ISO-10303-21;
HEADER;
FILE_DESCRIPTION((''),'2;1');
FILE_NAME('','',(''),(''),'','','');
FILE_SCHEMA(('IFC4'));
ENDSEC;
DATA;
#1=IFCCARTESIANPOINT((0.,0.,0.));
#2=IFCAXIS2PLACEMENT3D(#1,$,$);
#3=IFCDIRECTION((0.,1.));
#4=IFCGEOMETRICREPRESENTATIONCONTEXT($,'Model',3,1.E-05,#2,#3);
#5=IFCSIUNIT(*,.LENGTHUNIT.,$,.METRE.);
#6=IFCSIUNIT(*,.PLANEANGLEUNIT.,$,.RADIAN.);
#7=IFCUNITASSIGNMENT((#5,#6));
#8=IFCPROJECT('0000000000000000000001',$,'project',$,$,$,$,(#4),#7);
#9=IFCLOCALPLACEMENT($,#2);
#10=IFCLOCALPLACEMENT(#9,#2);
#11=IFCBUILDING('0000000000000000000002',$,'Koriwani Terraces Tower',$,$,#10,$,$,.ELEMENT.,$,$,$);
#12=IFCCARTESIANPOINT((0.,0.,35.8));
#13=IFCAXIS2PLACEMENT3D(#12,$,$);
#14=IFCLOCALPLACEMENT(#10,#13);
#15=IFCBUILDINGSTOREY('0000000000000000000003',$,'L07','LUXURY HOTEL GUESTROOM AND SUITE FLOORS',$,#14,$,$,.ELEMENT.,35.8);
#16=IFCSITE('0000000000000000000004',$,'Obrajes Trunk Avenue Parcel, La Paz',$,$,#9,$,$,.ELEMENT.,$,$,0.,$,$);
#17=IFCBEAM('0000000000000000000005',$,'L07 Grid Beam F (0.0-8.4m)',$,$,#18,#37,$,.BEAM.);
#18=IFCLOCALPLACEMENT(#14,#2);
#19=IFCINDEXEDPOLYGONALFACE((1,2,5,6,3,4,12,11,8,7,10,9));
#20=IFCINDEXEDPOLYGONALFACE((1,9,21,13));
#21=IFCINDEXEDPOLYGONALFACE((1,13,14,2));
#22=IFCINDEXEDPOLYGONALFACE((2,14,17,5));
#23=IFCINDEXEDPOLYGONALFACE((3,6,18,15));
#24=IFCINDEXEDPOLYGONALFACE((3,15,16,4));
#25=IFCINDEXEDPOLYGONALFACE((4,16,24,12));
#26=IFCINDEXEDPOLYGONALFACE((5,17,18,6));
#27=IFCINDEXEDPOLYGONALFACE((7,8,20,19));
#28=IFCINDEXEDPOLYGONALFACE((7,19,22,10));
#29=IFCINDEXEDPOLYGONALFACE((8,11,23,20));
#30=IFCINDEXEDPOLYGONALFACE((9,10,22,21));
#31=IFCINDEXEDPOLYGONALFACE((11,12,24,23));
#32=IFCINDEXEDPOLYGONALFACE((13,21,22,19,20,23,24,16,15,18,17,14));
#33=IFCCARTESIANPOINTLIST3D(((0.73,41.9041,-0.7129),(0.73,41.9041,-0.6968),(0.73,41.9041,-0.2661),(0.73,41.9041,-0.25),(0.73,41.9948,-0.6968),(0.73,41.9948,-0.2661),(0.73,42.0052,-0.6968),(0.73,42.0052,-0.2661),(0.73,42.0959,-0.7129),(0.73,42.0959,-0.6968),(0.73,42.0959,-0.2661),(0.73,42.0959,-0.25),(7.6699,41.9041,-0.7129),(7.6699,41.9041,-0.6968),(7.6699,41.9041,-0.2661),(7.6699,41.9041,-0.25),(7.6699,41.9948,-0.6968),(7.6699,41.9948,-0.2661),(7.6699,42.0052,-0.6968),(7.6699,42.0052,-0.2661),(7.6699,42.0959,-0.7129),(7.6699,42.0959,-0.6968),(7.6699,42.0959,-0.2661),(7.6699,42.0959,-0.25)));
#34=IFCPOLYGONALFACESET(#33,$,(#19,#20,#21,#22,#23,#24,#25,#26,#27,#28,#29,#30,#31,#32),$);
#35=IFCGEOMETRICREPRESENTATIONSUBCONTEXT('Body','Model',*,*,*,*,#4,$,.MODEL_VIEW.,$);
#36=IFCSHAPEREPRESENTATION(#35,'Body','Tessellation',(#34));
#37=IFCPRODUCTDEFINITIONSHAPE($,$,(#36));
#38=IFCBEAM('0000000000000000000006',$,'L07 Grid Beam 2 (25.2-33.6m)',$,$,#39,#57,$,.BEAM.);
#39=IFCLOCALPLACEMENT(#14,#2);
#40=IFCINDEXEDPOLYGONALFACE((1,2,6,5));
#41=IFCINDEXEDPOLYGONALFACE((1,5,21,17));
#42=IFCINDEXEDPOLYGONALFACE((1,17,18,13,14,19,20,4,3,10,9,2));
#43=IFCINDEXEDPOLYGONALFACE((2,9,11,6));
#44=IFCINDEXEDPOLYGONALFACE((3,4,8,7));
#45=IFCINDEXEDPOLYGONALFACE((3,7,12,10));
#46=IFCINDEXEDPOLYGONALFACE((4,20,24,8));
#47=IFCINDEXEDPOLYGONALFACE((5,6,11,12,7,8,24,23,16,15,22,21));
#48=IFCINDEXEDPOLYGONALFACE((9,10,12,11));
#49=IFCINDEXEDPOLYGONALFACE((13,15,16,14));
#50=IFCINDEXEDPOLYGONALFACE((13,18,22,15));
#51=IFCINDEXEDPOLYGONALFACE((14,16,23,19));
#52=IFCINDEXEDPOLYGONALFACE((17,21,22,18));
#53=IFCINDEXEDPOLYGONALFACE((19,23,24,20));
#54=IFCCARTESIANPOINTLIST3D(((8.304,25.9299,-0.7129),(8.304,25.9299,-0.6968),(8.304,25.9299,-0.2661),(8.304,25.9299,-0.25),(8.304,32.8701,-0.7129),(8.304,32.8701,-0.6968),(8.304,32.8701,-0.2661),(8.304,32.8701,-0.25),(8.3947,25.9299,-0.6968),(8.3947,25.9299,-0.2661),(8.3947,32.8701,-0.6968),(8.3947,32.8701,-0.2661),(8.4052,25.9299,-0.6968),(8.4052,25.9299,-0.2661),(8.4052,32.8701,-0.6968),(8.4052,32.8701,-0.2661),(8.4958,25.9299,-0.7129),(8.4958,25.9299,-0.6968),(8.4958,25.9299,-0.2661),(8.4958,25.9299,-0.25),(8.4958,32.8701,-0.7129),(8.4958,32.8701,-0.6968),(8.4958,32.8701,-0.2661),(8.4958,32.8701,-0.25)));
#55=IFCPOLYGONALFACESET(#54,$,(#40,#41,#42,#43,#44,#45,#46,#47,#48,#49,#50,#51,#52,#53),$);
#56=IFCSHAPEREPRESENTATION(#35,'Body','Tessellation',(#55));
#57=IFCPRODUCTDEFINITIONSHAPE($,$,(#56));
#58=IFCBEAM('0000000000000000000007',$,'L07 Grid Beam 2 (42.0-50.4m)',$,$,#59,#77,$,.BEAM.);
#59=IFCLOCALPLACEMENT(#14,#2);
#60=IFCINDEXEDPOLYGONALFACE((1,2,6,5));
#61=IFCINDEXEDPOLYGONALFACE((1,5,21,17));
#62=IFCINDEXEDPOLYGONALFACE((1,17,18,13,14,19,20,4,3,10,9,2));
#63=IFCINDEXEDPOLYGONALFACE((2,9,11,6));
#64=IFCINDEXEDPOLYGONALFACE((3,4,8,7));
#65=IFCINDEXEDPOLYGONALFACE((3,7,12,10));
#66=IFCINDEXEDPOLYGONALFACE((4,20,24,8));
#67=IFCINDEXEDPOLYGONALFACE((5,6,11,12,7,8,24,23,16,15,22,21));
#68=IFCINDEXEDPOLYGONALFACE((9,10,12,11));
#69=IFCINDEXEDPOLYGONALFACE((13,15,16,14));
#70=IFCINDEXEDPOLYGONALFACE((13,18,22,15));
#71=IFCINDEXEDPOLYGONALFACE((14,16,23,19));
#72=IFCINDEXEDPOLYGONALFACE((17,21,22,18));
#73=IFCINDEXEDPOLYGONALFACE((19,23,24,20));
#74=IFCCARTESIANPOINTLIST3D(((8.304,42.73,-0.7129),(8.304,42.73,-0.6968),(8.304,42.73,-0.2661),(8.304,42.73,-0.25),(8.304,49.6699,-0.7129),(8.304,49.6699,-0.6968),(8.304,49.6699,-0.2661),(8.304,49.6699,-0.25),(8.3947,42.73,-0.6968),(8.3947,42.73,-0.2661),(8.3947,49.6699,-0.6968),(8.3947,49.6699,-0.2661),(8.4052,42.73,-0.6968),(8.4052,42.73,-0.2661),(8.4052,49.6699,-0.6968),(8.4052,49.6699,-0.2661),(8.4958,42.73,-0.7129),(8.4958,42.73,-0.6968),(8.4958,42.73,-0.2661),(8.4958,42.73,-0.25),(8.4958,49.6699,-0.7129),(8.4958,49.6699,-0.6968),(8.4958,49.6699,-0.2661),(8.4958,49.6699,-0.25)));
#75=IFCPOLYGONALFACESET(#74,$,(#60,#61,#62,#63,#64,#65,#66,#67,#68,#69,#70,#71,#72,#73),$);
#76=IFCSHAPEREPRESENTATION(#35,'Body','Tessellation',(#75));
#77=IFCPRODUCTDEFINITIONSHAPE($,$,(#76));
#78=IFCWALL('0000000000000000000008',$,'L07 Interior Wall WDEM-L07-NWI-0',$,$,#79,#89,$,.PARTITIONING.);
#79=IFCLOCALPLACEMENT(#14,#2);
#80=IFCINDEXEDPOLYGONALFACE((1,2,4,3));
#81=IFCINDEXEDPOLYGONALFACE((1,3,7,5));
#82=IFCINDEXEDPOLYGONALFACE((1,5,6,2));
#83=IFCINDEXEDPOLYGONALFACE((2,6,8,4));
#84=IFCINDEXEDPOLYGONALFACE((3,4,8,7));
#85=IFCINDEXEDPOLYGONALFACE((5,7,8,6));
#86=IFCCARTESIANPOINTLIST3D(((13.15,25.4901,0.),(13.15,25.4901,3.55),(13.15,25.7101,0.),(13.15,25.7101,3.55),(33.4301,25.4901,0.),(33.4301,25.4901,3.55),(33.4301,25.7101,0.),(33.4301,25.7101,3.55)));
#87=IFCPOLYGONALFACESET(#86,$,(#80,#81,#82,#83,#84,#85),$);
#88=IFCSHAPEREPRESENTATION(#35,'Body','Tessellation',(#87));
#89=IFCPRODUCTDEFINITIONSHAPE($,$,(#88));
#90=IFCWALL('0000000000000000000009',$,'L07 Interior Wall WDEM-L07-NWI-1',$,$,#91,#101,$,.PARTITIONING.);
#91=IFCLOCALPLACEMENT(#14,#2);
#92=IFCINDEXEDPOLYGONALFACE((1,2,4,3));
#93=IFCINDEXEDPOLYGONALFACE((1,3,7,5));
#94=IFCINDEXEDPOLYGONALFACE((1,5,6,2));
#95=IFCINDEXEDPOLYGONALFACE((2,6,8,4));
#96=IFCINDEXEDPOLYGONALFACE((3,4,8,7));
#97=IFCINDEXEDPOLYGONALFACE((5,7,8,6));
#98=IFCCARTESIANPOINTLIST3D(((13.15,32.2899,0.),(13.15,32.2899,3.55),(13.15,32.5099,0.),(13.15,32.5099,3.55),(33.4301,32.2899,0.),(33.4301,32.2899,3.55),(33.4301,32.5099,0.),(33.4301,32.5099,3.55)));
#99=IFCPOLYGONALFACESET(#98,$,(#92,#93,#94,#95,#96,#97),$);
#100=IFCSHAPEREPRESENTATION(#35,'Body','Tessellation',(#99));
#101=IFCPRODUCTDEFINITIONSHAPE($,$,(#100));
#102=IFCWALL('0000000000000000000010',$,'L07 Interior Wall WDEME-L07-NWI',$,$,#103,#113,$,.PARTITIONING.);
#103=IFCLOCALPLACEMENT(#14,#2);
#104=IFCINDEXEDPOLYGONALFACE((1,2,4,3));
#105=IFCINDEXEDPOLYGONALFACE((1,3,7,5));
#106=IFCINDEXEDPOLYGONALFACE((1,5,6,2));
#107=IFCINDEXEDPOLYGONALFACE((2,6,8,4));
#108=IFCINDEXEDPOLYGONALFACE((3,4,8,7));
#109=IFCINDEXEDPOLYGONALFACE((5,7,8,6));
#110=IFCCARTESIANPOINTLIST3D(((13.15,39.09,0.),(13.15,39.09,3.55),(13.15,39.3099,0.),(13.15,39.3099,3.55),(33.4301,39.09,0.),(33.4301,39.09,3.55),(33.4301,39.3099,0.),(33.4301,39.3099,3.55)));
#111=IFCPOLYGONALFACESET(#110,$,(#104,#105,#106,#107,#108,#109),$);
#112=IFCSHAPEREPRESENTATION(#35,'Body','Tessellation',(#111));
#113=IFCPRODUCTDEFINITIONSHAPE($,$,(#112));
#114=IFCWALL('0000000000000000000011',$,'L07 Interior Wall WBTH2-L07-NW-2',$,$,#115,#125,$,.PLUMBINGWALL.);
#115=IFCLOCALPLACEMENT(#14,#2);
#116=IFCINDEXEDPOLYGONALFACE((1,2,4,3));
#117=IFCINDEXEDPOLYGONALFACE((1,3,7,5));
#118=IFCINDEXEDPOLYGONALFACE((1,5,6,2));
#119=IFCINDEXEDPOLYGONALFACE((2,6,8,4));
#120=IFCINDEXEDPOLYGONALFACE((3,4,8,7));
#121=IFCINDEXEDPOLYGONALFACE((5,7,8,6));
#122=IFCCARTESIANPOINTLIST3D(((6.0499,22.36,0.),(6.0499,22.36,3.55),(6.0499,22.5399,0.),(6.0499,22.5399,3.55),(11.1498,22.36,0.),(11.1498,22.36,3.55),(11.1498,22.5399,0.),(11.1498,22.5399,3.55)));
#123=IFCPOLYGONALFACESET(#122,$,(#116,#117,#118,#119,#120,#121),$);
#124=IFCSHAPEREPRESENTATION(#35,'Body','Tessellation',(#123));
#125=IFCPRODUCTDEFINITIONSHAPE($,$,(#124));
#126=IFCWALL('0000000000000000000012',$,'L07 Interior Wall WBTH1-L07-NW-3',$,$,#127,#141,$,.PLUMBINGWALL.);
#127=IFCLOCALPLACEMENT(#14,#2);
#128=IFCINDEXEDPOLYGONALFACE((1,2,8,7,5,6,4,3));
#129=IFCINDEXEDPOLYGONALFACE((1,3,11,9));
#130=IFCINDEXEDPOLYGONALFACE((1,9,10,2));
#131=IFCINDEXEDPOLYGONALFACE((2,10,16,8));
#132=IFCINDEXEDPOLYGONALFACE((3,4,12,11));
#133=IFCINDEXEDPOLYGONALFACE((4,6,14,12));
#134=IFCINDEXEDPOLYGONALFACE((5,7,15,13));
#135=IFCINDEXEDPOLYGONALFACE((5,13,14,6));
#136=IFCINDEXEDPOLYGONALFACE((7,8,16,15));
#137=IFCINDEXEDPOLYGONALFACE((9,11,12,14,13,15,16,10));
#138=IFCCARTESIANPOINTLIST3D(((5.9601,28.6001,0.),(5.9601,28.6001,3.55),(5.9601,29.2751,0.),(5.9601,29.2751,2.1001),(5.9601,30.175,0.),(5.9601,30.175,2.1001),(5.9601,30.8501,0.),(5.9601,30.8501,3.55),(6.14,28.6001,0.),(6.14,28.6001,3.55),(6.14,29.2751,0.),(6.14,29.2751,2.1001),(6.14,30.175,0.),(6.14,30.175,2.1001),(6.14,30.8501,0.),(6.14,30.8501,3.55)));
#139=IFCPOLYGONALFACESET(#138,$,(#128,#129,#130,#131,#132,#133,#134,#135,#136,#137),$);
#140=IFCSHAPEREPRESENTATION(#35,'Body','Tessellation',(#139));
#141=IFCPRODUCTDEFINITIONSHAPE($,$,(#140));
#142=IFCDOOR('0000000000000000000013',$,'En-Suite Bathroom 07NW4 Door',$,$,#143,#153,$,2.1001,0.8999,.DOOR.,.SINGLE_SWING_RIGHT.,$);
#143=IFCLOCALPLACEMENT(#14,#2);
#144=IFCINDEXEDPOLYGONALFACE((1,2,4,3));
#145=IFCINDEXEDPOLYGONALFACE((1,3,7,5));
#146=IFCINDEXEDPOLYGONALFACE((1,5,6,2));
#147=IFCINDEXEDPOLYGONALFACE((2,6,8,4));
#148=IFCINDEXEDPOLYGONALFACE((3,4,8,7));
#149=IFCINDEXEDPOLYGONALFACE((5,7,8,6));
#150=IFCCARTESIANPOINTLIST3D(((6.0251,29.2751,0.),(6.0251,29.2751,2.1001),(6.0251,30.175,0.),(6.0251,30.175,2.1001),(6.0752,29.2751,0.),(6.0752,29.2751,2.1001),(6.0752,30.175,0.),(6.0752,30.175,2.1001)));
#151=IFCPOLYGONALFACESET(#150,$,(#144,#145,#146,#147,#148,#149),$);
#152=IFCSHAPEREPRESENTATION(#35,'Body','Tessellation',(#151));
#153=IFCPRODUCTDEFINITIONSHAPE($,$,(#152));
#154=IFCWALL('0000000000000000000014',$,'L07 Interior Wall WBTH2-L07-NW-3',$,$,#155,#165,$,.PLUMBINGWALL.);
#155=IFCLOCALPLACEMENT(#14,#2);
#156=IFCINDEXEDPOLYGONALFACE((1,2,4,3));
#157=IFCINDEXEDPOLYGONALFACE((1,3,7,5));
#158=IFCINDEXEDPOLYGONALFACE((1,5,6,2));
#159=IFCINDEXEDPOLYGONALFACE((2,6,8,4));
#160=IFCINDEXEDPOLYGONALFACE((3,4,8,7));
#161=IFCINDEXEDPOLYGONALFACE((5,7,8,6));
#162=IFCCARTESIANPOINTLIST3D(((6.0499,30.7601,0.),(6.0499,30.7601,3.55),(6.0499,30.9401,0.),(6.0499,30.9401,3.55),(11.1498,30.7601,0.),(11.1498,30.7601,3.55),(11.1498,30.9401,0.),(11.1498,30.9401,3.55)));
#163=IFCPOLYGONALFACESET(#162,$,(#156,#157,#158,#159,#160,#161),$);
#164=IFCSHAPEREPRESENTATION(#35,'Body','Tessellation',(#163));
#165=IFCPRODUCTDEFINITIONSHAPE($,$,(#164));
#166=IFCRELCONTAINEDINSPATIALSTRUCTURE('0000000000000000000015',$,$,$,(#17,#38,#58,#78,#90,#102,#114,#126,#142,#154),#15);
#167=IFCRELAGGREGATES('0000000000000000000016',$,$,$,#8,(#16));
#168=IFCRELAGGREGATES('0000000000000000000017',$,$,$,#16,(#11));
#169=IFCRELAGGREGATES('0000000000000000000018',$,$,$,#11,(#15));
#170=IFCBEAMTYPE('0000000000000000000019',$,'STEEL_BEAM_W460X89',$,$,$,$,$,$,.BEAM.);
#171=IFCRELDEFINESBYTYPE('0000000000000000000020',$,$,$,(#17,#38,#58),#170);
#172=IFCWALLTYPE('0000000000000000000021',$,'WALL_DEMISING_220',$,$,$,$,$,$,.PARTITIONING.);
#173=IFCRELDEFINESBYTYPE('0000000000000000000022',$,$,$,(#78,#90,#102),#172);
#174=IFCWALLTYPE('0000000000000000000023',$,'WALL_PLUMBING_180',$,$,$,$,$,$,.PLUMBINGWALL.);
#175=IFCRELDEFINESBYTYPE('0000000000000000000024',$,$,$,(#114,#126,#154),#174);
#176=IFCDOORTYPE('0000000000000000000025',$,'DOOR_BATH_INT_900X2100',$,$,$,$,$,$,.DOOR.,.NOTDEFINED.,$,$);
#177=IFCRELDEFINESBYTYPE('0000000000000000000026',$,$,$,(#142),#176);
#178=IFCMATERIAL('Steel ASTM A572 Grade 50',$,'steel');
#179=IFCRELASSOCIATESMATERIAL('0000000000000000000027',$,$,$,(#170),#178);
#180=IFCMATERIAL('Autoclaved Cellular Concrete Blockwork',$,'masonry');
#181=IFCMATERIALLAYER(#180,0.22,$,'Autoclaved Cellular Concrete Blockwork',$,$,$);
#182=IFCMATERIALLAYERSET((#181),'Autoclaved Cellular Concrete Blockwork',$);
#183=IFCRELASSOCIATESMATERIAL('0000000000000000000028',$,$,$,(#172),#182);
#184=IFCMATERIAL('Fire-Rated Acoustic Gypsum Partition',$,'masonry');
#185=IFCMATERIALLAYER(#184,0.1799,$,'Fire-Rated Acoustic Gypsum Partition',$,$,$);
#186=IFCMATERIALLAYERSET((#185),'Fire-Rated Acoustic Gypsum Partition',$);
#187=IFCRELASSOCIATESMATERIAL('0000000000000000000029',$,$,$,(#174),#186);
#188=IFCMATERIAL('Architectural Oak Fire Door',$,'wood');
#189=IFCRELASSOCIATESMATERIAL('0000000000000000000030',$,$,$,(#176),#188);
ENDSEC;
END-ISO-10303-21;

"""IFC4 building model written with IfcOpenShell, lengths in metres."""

from ifc_helpers import new_model, si_unit, direction, frame, frame_2d, origin, origin_2d, place, context, subcontext, project, spatial, rectangle, i_section, extrude, material, layer, layer_set, material_profile, profile_set, type_object, element, fill, save


model = new_model("IFC4")

# Units and contexts
model_context = context("Model", 3, precision=1e-05, world=origin(), true_north=direction((0.0, 1.0)))
body_context = subcontext(model_context, "Body", "Model", "MODEL_VIEW")
ifc_project = project(units=[si_unit("LENGTHUNIT", "METRE"), si_unit("PLANEANGLEUNIT", "RADIAN")], contexts=[model_context])

# Site, building, storey
site_placement = place(None, origin())
site = spatial("IfcSite", under=ifc_project, at=site_placement, Name="Obrajes Trunk Avenue Parcel, La Paz", CompositionType="ELEMENT", RefElevation=0.0)
building_placement = place(site_placement, origin())
building = spatial("IfcBuilding", under=site, at=building_placement, Name="Koriwani Terraces Tower", CompositionType="ELEMENT")
storey_placement = place(building_placement, frame((0.0, 0.0, 35.8)))
storey = spatial("IfcBuildingStorey", under=building, at=storey_placement, Name="L07", Description="LUXURY HOTEL GUESTROOM AND SUITE FLOORS", CompositionType="ELEMENT", Elevation=35.8)

# Beams
ifc_material_1 = material(Name="Steel ASTM A572 Grade 50", Category="steel")
ifc_material_profile_1 = material_profile(ifc_material_1, i_section(OverallWidth=0.1919, OverallDepth=0.4629, WebThickness=0.0105, FlangeThickness=0.0161, at=origin_2d()), Name="Steel ASTM A572 Grade 50", Category="LoadBearing")
ifc_profile_set_1 = profile_set([ifc_material_profile_1], Name="Steel ASTM A572 Grade 50")
beam_type_1 = type_object("IfcBeamType", Name="STEEL_BEAM_W460X89", PredefinedType="BEAM", material=ifc_profile_set_1)
beam_1_placement = place(storey_placement, frame((0.73, 42.0, -0.4814), z_axis=(1.0, 0.0, 0.0), x_axis=(0.0, 1.0, 0.0)))
element("IfcBeam", 1, at=beam_1_placement, inside=storey, type_object=beam_type_1, Name="L07 Grid Beam F (0.0-8.4m)", PredefinedType="BEAM", context=body_context, shape_type="SweptSolid", body=[
    extrude(i_section(OverallWidth=0.1919, OverallDepth=0.4629, WebThickness=0.0105, FlangeThickness=0.0161, at=origin_2d()), origin(), (0.0, 0.0, 1.0), 6.9399),
])
beam_2_placement = place(storey_placement, frame((8.3999, 25.9299, -0.4814), z_axis=(0.0, 1.0, 0.0), x_axis=(-1.0, 0.0, 0.0)))
element("IfcBeam", 2, at=beam_2_placement, inside=storey, type_object=beam_type_1, Name="L07 Grid Beam 2 (25.2-33.6m)", PredefinedType="BEAM", context=body_context, shape_type="SweptSolid", body=[
    extrude(i_section(OverallWidth=0.1919, OverallDepth=0.4629, WebThickness=0.0105, FlangeThickness=0.0161, at=origin_2d()), origin(), (0.0, 0.0, 1.0), 6.9402),
])
beam_3_placement = place(storey_placement, frame((8.3999, 42.73, -0.4814), z_axis=(0.0, 1.0, 0.0), x_axis=(-1.0, 0.0, 0.0)))
element("IfcBeam", 3, at=beam_3_placement, inside=storey, type_object=beam_type_1, Name="L07 Grid Beam 2 (42.0-50.4m)", PredefinedType="BEAM", context=body_context, shape_type="SweptSolid", body=[
    extrude(i_section(OverallWidth=0.1919, OverallDepth=0.4629, WebThickness=0.0105, FlangeThickness=0.0161, at=origin_2d()), origin(), (0.0, 0.0, 1.0), 6.9399),
])

# Walls
ifc_material_2 = material(Name="Autoclaved Cellular Concrete Blockwork", Category="masonry")
ifc_layer_1 = layer(ifc_material_2, 0.22, Name="Autoclaved Cellular Concrete Blockwork")
ifc_layer_set_1 = layer_set([ifc_layer_1], Name="Autoclaved Cellular Concrete Blockwork")
wall_type_1 = type_object("IfcWallType", Name="WALL_DEMISING_220", PredefinedType="PARTITIONING", material=ifc_layer_set_1)
for number, where, z_axis, x_axis, name in (
    (4, (13.1499, 25.6001, 0.0), (0.0, 0.0, 1.0), (1.0, 0.0, 0.0), "L07 Interior Wall WDEM-L07-NWI-0"),
    (5, (13.1499, 32.3999, 0.0), (0.0, 0.0, 1.0), (1.0, 0.0, 0.0), "L07 Interior Wall WDEM-L07-NWI-1"),
    (6, (13.1499, 39.2, 0.0), (0.0, 0.0, 1.0), (1.0, 0.0, 0.0), "L07 Interior Wall WDEME-L07-NWI"),
):
    element("IfcWall", number, at=place(storey_placement, frame(where, z_axis=z_axis, x_axis=x_axis)), inside=storey, type_object=wall_type_1, Name=name, PredefinedType="PARTITIONING", context=body_context, shape_type="SweptSolid", body=[
        extrude(rectangle(XDim=20.28, YDim=0.22, at=frame_2d((10.1401, 0.0))), origin(), (0.0, 0.0, 1.0), 3.55),
    ])
ifc_material_3 = material(Name="Fire-Rated Acoustic Gypsum Partition", Category="masonry")
ifc_layer_2 = layer(ifc_material_3, 0.1799, Name="Fire-Rated Acoustic Gypsum Partition")
ifc_layer_set_2 = layer_set([ifc_layer_2], Name="Fire-Rated Acoustic Gypsum Partition")
wall_type_2 = type_object("IfcWallType", Name="WALL_PLUMBING_180", PredefinedType="PLUMBINGWALL", material=ifc_layer_set_2)
wall_1_placement = place(storey_placement, frame((6.05, 22.45, 0.0), z_axis=(0.0, 0.0, 1.0), x_axis=(1.0, 0.0, 0.0)))
element("IfcWall", 7, at=wall_1_placement, inside=storey, type_object=wall_type_2, Name="L07 Interior Wall WBTH2-L07-NW-2", PredefinedType="PLUMBINGWALL", context=body_context, shape_type="SweptSolid", body=[
    extrude(rectangle(XDim=5.0999, YDim=0.1799, at=frame_2d((2.5498, 0.0))), origin(), (0.0, 0.0, 1.0), 3.55),
])

# Wall, opening, door
wall_2_placement = place(storey_placement, frame((6.05, 28.6001, 0.0), z_axis=(0.0, 0.0, 1.0), x_axis=(0.0, 1.0, 0.0)))
wall_2 = element("IfcWall", 8, at=wall_2_placement, inside=storey, type_object=wall_type_2, Name="L07 Interior Wall WBTH1-L07-NW-3", PredefinedType="PLUMBINGWALL", context=body_context, shape_type="SweptSolid", body=[
    extrude(rectangle(XDim=2.25, YDim=0.1799, at=frame_2d((1.125, 0.0))), origin(), (0.0, 0.0, 1.0), 3.55),
])
opening_1_placement = place(wall_2_placement, frame((0.675, 0.0, 0.0)))
opening_1 = element("IfcOpeningElement", 9, at=opening_1_placement, cuts=wall_2, PredefinedType="OPENING", context=body_context, shape_type="SweptSolid", body=[
    extrude(rectangle(XDim=0.8999, YDim=2.1001, at=frame_2d((0.45, 1.05))), frame((0.0, 0.1001, 0.0), z_axis=(0.0, -1.0, 0.0), x_axis=(1.0, 0.0, 0.0)), (0.0, 0.0, 1.0), 0.2),
])
ifc_material_4 = material(Name="Architectural Oak Fire Door", Category="wood")
door_type = type_object("IfcDoorType", Name="DOOR_BATH_INT_900X2100", OperationType="NOTDEFINED", PredefinedType="DOOR", material=ifc_material_4)
door_1_placement = place(opening_1_placement, origin())
door_1 = element("IfcDoor", 10, at=door_1_placement, inside=storey, type_object=door_type, Name="En-Suite Bathroom 07NW4 Door", OperationType="SINGLE_SWING_RIGHT", OverallHeight=2.1001, OverallWidth=0.8999, PredefinedType="DOOR", context=body_context, shape_type="SweptSolid", body=[
    extrude(rectangle(XDim=0.8999, YDim=2.1001, at=frame_2d((0.45, 1.05))), frame((0.0, 0.0249, 0.0), z_axis=(0.0, -1.0, 0.0), x_axis=(1.0, 0.0, 0.0)), (0.0, 0.0, 1.0), 0.05),
])
fill(opening_1, door_1)

# Wall
wall_3_placement = place(storey_placement, frame((6.05, 30.8501, 0.0), z_axis=(0.0, 0.0, 1.0), x_axis=(1.0, 0.0, 0.0)))
element("IfcWall", 11, at=wall_3_placement, inside=storey, type_object=wall_type_2, Name="L07 Interior Wall WBTH2-L07-NW-3", PredefinedType="PLUMBINGWALL", context=body_context, shape_type="SweptSolid", body=[
    extrude(rectangle(XDim=5.0999, YDim=0.1799, at=frame_2d((2.5498, 0.0))), origin(), (0.0, 0.0, 1.0), 3.55),
])

save(model, "model.ifc")
